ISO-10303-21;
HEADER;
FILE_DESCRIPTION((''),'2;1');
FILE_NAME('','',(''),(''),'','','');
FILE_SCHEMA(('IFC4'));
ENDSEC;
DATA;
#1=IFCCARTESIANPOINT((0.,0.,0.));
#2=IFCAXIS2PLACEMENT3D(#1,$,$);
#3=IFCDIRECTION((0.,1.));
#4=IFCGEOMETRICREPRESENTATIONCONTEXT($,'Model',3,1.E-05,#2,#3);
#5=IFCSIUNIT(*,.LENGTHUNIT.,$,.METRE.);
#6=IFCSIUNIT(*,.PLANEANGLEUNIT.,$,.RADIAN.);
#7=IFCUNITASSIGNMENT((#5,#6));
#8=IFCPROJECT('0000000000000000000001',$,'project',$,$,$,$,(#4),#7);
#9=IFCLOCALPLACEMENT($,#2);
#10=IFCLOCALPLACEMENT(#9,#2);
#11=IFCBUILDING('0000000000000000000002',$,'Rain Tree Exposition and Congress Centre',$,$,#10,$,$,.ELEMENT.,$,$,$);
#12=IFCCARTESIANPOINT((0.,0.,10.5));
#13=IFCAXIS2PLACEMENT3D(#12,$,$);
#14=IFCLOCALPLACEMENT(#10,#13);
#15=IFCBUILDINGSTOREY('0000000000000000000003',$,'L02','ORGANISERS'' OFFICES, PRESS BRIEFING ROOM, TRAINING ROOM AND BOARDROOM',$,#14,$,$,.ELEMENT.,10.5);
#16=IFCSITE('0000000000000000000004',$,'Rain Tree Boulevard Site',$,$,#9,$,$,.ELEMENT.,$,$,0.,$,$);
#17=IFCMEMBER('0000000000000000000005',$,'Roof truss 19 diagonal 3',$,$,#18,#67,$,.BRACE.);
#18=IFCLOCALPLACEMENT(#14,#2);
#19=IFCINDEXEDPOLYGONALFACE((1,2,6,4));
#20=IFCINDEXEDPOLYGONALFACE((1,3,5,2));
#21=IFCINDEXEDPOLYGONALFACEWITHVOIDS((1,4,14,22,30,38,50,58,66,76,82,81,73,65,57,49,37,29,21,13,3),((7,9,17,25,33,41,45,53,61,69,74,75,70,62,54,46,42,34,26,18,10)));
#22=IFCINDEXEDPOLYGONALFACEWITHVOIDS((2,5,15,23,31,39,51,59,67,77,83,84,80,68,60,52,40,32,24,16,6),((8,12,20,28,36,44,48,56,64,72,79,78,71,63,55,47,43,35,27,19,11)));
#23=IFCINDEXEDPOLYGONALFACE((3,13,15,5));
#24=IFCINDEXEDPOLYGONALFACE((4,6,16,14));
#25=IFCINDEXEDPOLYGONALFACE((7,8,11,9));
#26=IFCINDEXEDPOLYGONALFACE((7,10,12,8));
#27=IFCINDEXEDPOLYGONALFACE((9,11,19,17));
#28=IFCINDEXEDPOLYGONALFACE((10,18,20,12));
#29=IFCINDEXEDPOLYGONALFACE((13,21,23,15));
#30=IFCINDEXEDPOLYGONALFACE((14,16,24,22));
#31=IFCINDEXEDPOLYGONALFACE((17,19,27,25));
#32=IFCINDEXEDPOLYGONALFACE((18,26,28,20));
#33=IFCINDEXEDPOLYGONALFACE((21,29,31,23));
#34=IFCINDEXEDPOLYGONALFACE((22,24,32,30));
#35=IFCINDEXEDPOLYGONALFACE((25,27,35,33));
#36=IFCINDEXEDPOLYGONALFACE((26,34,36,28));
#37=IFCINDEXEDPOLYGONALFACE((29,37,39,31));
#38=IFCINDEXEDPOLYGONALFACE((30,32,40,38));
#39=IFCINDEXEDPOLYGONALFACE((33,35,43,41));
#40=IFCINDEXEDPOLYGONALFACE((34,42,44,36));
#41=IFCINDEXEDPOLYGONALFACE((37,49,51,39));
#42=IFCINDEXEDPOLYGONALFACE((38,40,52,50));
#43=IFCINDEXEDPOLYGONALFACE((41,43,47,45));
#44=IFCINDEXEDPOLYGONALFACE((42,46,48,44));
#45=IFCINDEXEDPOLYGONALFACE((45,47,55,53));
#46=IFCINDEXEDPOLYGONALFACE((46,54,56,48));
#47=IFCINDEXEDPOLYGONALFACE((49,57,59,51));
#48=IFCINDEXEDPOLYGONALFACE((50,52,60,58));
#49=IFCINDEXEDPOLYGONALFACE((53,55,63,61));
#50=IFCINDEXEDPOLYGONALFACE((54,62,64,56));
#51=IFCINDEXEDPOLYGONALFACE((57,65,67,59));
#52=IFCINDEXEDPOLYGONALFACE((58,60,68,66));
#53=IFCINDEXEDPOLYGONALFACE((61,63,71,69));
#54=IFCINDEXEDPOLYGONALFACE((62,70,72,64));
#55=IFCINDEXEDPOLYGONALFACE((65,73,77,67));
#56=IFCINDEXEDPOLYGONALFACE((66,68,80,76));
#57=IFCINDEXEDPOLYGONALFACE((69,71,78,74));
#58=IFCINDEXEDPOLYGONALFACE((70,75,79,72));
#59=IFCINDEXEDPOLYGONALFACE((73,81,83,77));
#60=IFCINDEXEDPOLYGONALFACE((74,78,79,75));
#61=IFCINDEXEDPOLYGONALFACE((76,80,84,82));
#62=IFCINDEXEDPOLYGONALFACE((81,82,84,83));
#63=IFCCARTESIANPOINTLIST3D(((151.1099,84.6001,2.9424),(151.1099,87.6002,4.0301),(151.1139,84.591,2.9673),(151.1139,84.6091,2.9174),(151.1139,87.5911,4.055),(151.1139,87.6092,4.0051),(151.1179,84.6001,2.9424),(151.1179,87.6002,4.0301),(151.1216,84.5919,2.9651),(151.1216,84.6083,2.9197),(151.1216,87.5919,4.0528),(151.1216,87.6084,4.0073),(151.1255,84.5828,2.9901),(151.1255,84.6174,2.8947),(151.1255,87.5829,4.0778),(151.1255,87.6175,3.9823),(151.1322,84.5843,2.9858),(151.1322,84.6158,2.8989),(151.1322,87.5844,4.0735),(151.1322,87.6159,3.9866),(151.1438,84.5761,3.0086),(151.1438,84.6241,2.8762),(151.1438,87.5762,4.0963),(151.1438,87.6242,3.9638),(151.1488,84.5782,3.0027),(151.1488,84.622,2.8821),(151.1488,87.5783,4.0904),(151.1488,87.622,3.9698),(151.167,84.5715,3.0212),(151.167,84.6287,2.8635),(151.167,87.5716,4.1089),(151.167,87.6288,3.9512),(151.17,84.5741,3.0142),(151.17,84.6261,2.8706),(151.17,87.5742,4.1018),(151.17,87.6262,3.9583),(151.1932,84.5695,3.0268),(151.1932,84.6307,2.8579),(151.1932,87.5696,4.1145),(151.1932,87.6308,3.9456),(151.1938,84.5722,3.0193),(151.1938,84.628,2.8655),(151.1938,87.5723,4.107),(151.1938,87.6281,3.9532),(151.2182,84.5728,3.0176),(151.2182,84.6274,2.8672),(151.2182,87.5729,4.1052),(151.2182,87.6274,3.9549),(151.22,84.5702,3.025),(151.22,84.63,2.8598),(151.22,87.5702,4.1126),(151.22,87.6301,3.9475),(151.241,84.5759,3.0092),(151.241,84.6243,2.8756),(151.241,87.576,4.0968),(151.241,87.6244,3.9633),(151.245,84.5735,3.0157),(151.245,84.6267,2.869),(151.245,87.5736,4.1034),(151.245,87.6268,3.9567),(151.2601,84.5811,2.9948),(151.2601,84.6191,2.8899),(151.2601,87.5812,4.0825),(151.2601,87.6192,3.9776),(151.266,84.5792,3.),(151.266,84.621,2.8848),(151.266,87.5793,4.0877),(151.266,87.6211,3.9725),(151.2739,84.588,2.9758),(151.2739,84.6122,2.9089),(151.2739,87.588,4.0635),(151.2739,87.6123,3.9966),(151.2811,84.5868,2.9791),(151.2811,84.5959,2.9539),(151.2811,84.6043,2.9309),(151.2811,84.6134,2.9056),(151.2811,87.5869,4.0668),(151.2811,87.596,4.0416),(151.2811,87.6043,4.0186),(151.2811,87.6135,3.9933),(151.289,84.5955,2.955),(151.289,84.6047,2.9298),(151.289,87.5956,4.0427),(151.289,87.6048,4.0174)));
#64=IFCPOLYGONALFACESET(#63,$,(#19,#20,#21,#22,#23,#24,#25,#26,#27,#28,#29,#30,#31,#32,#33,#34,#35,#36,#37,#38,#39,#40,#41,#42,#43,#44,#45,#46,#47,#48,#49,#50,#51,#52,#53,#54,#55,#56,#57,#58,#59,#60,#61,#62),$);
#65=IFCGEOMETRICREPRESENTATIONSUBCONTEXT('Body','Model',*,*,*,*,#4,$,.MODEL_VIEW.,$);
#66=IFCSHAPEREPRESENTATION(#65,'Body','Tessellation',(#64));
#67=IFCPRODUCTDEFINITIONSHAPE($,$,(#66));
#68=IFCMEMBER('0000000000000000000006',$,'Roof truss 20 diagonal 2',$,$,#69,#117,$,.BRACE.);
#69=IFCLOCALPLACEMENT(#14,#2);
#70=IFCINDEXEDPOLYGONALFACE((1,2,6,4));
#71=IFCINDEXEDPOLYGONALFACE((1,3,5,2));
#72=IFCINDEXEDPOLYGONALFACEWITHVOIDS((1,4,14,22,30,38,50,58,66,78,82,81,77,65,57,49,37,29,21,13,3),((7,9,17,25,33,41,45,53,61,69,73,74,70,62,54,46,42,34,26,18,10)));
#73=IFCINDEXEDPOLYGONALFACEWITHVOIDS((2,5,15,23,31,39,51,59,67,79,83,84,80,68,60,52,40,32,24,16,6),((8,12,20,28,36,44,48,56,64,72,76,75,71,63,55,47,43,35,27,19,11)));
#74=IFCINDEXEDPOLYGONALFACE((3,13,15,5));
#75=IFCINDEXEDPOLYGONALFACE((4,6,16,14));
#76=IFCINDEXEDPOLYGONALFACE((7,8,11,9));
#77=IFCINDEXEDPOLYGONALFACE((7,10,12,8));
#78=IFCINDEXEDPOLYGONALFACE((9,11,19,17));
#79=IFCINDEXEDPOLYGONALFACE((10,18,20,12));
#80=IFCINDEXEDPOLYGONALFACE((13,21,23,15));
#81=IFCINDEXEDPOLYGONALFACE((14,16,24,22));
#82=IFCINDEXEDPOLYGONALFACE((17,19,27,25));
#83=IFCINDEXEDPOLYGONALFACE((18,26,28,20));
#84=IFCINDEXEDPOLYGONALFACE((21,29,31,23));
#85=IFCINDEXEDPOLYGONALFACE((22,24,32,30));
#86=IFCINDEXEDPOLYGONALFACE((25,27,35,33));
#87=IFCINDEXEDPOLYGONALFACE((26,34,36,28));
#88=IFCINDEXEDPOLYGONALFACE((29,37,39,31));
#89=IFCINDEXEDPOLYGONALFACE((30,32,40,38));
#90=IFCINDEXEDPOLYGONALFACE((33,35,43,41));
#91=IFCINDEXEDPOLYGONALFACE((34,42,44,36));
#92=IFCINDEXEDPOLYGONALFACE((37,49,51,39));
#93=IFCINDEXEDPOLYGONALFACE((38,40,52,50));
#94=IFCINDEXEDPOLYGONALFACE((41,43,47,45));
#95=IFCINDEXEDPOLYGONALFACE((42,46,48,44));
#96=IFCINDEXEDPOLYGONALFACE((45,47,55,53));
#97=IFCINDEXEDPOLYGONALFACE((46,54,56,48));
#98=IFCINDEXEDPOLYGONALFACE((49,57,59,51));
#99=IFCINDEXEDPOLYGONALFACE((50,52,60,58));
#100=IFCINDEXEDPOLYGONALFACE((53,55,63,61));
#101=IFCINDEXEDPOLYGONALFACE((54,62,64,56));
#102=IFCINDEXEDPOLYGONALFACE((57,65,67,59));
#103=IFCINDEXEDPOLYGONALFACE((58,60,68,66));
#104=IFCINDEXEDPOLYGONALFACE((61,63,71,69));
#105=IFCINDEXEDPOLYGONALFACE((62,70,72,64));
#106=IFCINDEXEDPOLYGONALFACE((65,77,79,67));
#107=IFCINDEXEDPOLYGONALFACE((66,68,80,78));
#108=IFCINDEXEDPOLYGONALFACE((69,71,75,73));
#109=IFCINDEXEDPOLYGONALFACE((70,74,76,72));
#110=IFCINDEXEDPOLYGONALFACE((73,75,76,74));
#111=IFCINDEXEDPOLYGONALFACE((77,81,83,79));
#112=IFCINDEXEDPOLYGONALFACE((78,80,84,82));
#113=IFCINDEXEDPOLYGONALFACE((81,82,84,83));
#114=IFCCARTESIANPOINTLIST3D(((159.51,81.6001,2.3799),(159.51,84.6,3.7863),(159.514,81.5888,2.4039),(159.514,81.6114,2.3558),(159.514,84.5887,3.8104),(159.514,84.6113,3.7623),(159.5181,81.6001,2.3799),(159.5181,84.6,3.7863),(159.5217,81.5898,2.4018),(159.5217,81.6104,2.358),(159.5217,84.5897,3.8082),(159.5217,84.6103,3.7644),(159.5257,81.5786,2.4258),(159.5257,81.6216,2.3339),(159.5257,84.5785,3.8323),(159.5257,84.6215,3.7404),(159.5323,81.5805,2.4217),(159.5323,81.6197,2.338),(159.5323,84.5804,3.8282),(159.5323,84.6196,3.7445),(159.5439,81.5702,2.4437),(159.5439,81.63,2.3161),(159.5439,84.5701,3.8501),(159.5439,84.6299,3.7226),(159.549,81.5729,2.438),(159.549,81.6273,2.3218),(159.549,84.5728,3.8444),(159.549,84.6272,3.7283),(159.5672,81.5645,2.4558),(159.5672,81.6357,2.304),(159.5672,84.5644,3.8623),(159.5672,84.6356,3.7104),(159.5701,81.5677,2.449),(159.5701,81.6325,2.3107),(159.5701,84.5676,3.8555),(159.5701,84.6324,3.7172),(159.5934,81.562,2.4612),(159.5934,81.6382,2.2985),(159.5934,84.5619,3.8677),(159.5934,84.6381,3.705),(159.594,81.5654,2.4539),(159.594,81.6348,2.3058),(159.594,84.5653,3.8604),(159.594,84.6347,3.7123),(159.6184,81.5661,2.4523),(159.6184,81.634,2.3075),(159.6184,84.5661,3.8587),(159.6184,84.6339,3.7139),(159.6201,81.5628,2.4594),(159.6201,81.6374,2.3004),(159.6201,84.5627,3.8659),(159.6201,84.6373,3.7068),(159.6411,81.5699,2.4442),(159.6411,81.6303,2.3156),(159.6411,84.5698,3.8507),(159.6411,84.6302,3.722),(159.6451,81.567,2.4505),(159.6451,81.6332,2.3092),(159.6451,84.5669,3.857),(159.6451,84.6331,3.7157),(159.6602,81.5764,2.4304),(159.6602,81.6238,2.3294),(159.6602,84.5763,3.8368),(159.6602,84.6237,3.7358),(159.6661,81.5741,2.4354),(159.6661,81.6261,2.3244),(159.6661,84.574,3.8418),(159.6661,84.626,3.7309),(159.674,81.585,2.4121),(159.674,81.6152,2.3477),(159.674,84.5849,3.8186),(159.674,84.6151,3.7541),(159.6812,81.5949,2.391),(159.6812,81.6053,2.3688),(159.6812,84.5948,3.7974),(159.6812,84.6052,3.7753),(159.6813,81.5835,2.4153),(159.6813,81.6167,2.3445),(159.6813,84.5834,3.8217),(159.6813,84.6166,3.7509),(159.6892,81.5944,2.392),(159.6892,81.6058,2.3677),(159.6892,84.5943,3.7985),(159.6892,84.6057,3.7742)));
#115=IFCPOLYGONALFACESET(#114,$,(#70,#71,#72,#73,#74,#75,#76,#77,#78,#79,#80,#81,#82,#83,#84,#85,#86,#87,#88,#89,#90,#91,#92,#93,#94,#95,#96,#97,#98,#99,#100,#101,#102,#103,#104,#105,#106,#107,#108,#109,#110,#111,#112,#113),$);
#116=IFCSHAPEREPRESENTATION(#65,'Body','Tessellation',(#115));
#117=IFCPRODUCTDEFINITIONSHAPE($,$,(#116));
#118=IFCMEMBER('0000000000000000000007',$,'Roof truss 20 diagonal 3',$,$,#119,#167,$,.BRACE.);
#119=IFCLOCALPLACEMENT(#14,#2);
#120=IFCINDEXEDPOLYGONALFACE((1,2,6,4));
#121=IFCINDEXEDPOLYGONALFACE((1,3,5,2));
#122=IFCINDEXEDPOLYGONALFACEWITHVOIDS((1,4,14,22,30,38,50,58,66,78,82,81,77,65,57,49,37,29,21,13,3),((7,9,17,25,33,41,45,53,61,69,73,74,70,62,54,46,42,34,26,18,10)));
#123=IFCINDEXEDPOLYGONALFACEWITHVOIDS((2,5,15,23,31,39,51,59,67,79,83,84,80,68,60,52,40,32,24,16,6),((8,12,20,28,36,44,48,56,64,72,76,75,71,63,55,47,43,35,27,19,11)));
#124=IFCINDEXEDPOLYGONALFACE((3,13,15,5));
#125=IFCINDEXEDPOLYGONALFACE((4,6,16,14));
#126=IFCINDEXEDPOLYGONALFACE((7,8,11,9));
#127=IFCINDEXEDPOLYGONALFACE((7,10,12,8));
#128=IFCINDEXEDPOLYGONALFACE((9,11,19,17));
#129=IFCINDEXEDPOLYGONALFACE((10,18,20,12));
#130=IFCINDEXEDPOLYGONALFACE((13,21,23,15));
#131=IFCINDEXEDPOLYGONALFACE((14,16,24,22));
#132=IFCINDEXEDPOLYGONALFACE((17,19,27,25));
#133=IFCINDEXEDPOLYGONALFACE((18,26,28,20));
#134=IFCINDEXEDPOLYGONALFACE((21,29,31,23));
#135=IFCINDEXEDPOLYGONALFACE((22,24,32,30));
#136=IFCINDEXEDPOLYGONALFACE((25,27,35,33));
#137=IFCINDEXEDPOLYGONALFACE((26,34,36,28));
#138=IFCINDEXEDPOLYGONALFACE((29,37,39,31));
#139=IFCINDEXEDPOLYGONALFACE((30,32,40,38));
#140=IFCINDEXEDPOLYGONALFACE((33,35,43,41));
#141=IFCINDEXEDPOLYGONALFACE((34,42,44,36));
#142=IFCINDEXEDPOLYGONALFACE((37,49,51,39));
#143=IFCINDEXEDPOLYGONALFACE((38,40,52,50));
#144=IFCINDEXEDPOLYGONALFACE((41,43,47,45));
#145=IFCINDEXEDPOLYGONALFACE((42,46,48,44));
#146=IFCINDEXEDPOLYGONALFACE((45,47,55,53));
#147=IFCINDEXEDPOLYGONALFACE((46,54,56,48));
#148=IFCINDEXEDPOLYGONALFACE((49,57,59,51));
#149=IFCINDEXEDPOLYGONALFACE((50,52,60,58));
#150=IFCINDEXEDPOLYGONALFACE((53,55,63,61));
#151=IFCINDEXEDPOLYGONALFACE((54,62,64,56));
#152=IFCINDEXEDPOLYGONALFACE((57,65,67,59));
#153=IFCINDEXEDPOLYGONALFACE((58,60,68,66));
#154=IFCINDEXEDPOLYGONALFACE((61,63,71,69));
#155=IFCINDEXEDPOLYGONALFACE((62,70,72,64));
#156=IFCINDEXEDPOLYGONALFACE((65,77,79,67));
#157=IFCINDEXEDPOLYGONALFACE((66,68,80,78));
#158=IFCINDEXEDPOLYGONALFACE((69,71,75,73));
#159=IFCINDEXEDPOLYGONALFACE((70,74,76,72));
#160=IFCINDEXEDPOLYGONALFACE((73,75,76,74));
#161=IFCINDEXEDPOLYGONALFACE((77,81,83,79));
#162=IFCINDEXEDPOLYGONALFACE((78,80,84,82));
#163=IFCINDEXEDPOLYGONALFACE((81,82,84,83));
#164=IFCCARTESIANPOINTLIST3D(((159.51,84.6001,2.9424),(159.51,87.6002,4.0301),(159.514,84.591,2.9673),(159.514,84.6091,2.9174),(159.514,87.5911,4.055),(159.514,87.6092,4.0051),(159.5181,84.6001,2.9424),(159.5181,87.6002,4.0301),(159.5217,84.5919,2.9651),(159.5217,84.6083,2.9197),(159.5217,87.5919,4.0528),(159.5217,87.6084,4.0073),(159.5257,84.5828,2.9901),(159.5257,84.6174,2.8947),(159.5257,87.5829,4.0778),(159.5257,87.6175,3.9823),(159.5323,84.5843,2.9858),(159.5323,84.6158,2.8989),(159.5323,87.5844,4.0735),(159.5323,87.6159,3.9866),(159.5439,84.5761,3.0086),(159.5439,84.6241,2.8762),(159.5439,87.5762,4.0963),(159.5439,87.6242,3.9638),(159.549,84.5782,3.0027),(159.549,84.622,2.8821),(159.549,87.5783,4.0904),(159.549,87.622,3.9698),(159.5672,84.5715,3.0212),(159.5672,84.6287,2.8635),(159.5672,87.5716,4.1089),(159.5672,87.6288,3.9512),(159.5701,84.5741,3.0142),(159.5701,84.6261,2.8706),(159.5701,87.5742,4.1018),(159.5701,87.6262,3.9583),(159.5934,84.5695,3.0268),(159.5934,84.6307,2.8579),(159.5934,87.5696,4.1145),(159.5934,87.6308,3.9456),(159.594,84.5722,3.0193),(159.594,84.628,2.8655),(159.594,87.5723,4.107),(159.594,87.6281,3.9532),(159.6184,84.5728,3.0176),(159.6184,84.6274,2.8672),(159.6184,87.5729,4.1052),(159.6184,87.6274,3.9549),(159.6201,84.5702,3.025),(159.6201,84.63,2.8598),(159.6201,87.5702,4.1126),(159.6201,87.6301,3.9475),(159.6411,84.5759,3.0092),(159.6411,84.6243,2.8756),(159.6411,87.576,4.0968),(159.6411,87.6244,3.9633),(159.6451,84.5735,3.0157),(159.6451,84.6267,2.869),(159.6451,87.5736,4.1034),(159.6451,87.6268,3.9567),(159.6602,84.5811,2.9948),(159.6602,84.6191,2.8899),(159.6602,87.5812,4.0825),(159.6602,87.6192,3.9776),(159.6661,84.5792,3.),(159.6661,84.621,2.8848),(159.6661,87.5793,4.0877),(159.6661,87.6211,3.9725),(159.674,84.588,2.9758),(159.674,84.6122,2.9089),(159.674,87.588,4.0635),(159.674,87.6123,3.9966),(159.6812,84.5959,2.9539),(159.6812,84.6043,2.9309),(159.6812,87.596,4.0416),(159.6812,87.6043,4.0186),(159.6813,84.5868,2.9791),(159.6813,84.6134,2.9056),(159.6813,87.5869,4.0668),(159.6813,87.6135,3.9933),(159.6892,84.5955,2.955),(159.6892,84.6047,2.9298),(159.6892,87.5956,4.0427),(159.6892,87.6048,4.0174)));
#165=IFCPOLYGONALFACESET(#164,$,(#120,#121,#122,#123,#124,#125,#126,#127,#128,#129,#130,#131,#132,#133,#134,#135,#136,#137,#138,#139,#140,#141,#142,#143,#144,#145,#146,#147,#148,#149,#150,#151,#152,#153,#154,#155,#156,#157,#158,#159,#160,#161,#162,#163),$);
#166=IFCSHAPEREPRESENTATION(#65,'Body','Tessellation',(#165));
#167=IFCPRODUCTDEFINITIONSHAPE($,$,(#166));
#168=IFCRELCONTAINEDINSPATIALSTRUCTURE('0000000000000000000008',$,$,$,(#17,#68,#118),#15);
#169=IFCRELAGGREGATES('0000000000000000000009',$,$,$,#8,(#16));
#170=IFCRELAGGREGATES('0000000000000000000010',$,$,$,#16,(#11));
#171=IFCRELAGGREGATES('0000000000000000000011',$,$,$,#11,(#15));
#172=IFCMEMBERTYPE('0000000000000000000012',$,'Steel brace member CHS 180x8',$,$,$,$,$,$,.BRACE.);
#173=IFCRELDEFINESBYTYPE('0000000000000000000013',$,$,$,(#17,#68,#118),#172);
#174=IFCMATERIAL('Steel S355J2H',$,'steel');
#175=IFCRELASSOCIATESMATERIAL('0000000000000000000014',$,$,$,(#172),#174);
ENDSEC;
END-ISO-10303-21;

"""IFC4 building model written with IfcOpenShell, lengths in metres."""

from ifc_helpers import new_model, si_unit, direction, frame, origin, origin_2d, place, context, subcontext, project, spatial, hollow_circle, extrude, material, material_profile, profile_set, type_object, element, save


model = new_model("IFC4")

# Units and contexts
model_context = context("Model", 3, precision=1e-05, world=origin(), true_north=direction((0.0, 1.0)))
body_context = subcontext(model_context, "Body", "Model", "MODEL_VIEW")
ifc_project = project(units=[si_unit("LENGTHUNIT", "METRE"), si_unit("PLANEANGLEUNIT", "RADIAN")], contexts=[model_context])

# Site, building, storey
site_placement = place(None, origin())
site = spatial("IfcSite", under=ifc_project, at=site_placement, Name="Rain Tree Boulevard Site", CompositionType="ELEMENT", RefElevation=0.0)
building_placement = place(site_placement, origin())
building = spatial("IfcBuilding", under=site, at=building_placement, Name="Rain Tree Exposition and Congress Centre", CompositionType="ELEMENT")
storey_placement = place(building_placement, frame((0.0, 0.0, 10.5)))
storey = spatial("IfcBuildingStorey", under=building, at=storey_placement, Name="L02", Description="ORGANISERS' OFFICES, PRESS BRIEFING ROOM, TRAINING ROOM AND BOARDROOM", CompositionType="ELEMENT", Elevation=10.5)

# Members
ifc_material_1 = material(Name="Steel S355J2H", Category="steel")
ifc_material_profile_1 = material_profile(ifc_material_1, hollow_circle(Radius=0.0901, WallThickness=0.0081, at=origin_2d()), Name="CHS 180x8")
ifc_profile_set_1 = profile_set([ifc_material_profile_1], Name="Steel S355J2H")
member_type_1 = type_object("IfcMemberType", Name="Steel brace member CHS 180x8", PredefinedType="BRACE", material=ifc_profile_set_1)
member_1_placement = place(storey_placement, frame((151.2, 84.6001, 2.9424), z_axis=(0.0, 0.940121, 0.34084), x_axis=(-1.0, 0.0, 0.0)))
element("IfcMember", 1, at=member_1_placement, inside=storey, type_object=member_type_1, Name="Roof truss 19 diagonal 3", PredefinedType="BRACE", context=body_context, shape_type="SweptSolid", body=[
    extrude(hollow_circle(Radius=0.0901, WallThickness=0.0081, at=origin_2d()), origin(), (0.0, 0.0, 1.0), 3.1912),
])
member_2_placement = place(storey_placement, frame((159.6001, 81.6001, 2.3799), z_axis=(0.0, 0.905431, 0.424494), x_axis=(-1.0, 0.0, 0.0)))
element("IfcMember", 2, at=member_2_placement, inside=storey, type_object=member_type_1, Name="Roof truss 20 diagonal 2", PredefinedType="BRACE", context=body_context, shape_type="SweptSolid", body=[
    extrude(hollow_circle(Radius=0.0901, WallThickness=0.0081, at=origin_2d()), origin(), (0.0, 0.0, 1.0), 3.3132),
])
member_3_placement = place(storey_placement, frame((159.6001, 84.6001, 2.9424), z_axis=(0.0, 0.940121, 0.34084), x_axis=(-1.0, 0.0, 0.0)))
element("IfcMember", 3, at=member_3_placement, inside=storey, type_object=member_type_1, Name="Roof truss 20 diagonal 3", PredefinedType="BRACE", context=body_context, shape_type="SweptSolid", body=[
    extrude(hollow_circle(Radius=0.0901, WallThickness=0.0081, at=origin_2d()), origin(), (0.0, 0.0, 1.0), 3.1912),
])

save(model, "model.ifc")
